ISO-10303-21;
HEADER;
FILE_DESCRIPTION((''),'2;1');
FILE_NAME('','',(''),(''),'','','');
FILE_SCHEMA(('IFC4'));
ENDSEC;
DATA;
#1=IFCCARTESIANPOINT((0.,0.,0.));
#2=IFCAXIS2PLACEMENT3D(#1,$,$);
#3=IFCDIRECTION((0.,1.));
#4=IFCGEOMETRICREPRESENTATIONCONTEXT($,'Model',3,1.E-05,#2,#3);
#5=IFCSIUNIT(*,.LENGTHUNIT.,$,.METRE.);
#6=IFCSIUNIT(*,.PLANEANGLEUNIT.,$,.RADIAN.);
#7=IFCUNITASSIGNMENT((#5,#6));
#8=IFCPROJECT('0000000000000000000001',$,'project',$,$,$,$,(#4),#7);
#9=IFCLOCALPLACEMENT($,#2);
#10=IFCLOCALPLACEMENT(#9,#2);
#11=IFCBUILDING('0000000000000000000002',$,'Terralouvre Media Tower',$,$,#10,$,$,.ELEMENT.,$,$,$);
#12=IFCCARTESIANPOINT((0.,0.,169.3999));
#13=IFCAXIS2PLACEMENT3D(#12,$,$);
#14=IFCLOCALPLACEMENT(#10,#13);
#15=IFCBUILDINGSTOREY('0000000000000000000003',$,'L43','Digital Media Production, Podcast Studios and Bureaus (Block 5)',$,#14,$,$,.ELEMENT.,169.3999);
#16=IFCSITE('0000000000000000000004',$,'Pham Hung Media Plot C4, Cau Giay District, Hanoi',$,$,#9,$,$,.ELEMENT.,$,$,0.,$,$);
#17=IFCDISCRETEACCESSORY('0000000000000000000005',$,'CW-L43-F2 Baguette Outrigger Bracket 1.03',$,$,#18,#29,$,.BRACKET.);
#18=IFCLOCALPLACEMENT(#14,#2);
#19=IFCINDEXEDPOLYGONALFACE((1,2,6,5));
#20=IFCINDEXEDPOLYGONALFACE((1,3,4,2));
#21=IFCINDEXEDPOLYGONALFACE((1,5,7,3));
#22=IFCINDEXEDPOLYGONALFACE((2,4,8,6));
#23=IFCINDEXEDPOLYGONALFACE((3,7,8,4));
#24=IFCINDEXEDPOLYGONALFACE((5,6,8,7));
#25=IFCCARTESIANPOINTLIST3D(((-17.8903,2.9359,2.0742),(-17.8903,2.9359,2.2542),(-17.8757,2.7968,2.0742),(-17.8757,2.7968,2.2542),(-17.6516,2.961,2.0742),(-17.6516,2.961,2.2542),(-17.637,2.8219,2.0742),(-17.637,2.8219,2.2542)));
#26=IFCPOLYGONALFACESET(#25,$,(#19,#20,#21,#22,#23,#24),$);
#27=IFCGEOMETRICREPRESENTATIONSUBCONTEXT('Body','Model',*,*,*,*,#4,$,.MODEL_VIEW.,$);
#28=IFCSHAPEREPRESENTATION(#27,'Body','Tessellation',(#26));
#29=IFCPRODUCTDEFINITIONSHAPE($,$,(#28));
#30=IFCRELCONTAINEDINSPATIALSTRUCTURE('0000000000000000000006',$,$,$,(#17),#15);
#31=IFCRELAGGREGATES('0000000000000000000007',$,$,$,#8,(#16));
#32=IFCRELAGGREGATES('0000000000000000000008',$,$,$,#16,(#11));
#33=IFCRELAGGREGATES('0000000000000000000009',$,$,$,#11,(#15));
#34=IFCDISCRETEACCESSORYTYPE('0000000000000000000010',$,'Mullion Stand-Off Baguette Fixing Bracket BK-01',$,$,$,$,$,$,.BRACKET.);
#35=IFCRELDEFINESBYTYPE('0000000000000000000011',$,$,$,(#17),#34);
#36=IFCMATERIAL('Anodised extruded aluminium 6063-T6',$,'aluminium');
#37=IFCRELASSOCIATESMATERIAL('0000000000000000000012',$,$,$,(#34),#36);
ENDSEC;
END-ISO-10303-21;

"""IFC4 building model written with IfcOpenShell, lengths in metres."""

from ifc_helpers import new_model, si_unit, direction, frame, origin, origin_2d, place, context, subcontext, project, spatial, rectangle, extrude, material, type_object, element, save


model = new_model("IFC4")

# Units and contexts
model_context = context("Model", 3, precision=1e-05, world=origin(), true_north=direction((0.0, 1.0)))
body_context = subcontext(model_context, "Body", "Model", "MODEL_VIEW")
ifc_project = project(units=[si_unit("LENGTHUNIT", "METRE"), si_unit("PLANEANGLEUNIT", "RADIAN")], contexts=[model_context])

# Site, building, storey
site_placement = place(None, origin())
site = spatial("IfcSite", under=ifc_project, at=site_placement, Name="Pham Hung Media Plot C4, Cau Giay District, Hanoi", CompositionType="ELEMENT", RefElevation=0.0)
building_placement = place(site_placement, origin())
building = spatial("IfcBuilding", under=site, at=building_placement, Name="Terralouvre Media Tower", CompositionType="ELEMENT")
storey_placement = place(building_placement, frame((0.0, 0.0, 169.3999)))
storey = spatial("IfcBuildingStorey", under=building, at=storey_placement, Name="L43", Description="Digital Media Production, Podcast Studios and Bureaus (Block 5)", CompositionType="ELEMENT", Elevation=169.3999)

# Discrete accessory
ifc_material_1 = material(Name="Anodised extruded aluminium 6063-T6", Category="aluminium")
discrete_accessory_type = type_object("IfcDiscreteAccessoryType", Name="Mullion Stand-Off Baguette Fixing Bracket BK-01", PredefinedType="BRACKET", material=ifc_material_1)
discrete_accessory_placement = place(storey_placement, frame((-17.7637, 2.8789, 2.0742), z_axis=(0.0, 0.0, 1.0), x_axis=(0.104528, -0.994522, 0.0)))
element("IfcDiscreteAccessory", 1, at=discrete_accessory_placement, inside=storey, type_object=discrete_accessory_type, Name="CW-L43-F2 Baguette Outrigger Bracket 1.03", PredefinedType="BRACKET", context=body_context, shape_type="SweptSolid", body=[
    extrude(rectangle(XDim=0.1399, YDim=0.24, at=origin_2d()), origin(), (0.0, 0.0, 1.0), 0.1799),
])

save(model, "model.ifc")
